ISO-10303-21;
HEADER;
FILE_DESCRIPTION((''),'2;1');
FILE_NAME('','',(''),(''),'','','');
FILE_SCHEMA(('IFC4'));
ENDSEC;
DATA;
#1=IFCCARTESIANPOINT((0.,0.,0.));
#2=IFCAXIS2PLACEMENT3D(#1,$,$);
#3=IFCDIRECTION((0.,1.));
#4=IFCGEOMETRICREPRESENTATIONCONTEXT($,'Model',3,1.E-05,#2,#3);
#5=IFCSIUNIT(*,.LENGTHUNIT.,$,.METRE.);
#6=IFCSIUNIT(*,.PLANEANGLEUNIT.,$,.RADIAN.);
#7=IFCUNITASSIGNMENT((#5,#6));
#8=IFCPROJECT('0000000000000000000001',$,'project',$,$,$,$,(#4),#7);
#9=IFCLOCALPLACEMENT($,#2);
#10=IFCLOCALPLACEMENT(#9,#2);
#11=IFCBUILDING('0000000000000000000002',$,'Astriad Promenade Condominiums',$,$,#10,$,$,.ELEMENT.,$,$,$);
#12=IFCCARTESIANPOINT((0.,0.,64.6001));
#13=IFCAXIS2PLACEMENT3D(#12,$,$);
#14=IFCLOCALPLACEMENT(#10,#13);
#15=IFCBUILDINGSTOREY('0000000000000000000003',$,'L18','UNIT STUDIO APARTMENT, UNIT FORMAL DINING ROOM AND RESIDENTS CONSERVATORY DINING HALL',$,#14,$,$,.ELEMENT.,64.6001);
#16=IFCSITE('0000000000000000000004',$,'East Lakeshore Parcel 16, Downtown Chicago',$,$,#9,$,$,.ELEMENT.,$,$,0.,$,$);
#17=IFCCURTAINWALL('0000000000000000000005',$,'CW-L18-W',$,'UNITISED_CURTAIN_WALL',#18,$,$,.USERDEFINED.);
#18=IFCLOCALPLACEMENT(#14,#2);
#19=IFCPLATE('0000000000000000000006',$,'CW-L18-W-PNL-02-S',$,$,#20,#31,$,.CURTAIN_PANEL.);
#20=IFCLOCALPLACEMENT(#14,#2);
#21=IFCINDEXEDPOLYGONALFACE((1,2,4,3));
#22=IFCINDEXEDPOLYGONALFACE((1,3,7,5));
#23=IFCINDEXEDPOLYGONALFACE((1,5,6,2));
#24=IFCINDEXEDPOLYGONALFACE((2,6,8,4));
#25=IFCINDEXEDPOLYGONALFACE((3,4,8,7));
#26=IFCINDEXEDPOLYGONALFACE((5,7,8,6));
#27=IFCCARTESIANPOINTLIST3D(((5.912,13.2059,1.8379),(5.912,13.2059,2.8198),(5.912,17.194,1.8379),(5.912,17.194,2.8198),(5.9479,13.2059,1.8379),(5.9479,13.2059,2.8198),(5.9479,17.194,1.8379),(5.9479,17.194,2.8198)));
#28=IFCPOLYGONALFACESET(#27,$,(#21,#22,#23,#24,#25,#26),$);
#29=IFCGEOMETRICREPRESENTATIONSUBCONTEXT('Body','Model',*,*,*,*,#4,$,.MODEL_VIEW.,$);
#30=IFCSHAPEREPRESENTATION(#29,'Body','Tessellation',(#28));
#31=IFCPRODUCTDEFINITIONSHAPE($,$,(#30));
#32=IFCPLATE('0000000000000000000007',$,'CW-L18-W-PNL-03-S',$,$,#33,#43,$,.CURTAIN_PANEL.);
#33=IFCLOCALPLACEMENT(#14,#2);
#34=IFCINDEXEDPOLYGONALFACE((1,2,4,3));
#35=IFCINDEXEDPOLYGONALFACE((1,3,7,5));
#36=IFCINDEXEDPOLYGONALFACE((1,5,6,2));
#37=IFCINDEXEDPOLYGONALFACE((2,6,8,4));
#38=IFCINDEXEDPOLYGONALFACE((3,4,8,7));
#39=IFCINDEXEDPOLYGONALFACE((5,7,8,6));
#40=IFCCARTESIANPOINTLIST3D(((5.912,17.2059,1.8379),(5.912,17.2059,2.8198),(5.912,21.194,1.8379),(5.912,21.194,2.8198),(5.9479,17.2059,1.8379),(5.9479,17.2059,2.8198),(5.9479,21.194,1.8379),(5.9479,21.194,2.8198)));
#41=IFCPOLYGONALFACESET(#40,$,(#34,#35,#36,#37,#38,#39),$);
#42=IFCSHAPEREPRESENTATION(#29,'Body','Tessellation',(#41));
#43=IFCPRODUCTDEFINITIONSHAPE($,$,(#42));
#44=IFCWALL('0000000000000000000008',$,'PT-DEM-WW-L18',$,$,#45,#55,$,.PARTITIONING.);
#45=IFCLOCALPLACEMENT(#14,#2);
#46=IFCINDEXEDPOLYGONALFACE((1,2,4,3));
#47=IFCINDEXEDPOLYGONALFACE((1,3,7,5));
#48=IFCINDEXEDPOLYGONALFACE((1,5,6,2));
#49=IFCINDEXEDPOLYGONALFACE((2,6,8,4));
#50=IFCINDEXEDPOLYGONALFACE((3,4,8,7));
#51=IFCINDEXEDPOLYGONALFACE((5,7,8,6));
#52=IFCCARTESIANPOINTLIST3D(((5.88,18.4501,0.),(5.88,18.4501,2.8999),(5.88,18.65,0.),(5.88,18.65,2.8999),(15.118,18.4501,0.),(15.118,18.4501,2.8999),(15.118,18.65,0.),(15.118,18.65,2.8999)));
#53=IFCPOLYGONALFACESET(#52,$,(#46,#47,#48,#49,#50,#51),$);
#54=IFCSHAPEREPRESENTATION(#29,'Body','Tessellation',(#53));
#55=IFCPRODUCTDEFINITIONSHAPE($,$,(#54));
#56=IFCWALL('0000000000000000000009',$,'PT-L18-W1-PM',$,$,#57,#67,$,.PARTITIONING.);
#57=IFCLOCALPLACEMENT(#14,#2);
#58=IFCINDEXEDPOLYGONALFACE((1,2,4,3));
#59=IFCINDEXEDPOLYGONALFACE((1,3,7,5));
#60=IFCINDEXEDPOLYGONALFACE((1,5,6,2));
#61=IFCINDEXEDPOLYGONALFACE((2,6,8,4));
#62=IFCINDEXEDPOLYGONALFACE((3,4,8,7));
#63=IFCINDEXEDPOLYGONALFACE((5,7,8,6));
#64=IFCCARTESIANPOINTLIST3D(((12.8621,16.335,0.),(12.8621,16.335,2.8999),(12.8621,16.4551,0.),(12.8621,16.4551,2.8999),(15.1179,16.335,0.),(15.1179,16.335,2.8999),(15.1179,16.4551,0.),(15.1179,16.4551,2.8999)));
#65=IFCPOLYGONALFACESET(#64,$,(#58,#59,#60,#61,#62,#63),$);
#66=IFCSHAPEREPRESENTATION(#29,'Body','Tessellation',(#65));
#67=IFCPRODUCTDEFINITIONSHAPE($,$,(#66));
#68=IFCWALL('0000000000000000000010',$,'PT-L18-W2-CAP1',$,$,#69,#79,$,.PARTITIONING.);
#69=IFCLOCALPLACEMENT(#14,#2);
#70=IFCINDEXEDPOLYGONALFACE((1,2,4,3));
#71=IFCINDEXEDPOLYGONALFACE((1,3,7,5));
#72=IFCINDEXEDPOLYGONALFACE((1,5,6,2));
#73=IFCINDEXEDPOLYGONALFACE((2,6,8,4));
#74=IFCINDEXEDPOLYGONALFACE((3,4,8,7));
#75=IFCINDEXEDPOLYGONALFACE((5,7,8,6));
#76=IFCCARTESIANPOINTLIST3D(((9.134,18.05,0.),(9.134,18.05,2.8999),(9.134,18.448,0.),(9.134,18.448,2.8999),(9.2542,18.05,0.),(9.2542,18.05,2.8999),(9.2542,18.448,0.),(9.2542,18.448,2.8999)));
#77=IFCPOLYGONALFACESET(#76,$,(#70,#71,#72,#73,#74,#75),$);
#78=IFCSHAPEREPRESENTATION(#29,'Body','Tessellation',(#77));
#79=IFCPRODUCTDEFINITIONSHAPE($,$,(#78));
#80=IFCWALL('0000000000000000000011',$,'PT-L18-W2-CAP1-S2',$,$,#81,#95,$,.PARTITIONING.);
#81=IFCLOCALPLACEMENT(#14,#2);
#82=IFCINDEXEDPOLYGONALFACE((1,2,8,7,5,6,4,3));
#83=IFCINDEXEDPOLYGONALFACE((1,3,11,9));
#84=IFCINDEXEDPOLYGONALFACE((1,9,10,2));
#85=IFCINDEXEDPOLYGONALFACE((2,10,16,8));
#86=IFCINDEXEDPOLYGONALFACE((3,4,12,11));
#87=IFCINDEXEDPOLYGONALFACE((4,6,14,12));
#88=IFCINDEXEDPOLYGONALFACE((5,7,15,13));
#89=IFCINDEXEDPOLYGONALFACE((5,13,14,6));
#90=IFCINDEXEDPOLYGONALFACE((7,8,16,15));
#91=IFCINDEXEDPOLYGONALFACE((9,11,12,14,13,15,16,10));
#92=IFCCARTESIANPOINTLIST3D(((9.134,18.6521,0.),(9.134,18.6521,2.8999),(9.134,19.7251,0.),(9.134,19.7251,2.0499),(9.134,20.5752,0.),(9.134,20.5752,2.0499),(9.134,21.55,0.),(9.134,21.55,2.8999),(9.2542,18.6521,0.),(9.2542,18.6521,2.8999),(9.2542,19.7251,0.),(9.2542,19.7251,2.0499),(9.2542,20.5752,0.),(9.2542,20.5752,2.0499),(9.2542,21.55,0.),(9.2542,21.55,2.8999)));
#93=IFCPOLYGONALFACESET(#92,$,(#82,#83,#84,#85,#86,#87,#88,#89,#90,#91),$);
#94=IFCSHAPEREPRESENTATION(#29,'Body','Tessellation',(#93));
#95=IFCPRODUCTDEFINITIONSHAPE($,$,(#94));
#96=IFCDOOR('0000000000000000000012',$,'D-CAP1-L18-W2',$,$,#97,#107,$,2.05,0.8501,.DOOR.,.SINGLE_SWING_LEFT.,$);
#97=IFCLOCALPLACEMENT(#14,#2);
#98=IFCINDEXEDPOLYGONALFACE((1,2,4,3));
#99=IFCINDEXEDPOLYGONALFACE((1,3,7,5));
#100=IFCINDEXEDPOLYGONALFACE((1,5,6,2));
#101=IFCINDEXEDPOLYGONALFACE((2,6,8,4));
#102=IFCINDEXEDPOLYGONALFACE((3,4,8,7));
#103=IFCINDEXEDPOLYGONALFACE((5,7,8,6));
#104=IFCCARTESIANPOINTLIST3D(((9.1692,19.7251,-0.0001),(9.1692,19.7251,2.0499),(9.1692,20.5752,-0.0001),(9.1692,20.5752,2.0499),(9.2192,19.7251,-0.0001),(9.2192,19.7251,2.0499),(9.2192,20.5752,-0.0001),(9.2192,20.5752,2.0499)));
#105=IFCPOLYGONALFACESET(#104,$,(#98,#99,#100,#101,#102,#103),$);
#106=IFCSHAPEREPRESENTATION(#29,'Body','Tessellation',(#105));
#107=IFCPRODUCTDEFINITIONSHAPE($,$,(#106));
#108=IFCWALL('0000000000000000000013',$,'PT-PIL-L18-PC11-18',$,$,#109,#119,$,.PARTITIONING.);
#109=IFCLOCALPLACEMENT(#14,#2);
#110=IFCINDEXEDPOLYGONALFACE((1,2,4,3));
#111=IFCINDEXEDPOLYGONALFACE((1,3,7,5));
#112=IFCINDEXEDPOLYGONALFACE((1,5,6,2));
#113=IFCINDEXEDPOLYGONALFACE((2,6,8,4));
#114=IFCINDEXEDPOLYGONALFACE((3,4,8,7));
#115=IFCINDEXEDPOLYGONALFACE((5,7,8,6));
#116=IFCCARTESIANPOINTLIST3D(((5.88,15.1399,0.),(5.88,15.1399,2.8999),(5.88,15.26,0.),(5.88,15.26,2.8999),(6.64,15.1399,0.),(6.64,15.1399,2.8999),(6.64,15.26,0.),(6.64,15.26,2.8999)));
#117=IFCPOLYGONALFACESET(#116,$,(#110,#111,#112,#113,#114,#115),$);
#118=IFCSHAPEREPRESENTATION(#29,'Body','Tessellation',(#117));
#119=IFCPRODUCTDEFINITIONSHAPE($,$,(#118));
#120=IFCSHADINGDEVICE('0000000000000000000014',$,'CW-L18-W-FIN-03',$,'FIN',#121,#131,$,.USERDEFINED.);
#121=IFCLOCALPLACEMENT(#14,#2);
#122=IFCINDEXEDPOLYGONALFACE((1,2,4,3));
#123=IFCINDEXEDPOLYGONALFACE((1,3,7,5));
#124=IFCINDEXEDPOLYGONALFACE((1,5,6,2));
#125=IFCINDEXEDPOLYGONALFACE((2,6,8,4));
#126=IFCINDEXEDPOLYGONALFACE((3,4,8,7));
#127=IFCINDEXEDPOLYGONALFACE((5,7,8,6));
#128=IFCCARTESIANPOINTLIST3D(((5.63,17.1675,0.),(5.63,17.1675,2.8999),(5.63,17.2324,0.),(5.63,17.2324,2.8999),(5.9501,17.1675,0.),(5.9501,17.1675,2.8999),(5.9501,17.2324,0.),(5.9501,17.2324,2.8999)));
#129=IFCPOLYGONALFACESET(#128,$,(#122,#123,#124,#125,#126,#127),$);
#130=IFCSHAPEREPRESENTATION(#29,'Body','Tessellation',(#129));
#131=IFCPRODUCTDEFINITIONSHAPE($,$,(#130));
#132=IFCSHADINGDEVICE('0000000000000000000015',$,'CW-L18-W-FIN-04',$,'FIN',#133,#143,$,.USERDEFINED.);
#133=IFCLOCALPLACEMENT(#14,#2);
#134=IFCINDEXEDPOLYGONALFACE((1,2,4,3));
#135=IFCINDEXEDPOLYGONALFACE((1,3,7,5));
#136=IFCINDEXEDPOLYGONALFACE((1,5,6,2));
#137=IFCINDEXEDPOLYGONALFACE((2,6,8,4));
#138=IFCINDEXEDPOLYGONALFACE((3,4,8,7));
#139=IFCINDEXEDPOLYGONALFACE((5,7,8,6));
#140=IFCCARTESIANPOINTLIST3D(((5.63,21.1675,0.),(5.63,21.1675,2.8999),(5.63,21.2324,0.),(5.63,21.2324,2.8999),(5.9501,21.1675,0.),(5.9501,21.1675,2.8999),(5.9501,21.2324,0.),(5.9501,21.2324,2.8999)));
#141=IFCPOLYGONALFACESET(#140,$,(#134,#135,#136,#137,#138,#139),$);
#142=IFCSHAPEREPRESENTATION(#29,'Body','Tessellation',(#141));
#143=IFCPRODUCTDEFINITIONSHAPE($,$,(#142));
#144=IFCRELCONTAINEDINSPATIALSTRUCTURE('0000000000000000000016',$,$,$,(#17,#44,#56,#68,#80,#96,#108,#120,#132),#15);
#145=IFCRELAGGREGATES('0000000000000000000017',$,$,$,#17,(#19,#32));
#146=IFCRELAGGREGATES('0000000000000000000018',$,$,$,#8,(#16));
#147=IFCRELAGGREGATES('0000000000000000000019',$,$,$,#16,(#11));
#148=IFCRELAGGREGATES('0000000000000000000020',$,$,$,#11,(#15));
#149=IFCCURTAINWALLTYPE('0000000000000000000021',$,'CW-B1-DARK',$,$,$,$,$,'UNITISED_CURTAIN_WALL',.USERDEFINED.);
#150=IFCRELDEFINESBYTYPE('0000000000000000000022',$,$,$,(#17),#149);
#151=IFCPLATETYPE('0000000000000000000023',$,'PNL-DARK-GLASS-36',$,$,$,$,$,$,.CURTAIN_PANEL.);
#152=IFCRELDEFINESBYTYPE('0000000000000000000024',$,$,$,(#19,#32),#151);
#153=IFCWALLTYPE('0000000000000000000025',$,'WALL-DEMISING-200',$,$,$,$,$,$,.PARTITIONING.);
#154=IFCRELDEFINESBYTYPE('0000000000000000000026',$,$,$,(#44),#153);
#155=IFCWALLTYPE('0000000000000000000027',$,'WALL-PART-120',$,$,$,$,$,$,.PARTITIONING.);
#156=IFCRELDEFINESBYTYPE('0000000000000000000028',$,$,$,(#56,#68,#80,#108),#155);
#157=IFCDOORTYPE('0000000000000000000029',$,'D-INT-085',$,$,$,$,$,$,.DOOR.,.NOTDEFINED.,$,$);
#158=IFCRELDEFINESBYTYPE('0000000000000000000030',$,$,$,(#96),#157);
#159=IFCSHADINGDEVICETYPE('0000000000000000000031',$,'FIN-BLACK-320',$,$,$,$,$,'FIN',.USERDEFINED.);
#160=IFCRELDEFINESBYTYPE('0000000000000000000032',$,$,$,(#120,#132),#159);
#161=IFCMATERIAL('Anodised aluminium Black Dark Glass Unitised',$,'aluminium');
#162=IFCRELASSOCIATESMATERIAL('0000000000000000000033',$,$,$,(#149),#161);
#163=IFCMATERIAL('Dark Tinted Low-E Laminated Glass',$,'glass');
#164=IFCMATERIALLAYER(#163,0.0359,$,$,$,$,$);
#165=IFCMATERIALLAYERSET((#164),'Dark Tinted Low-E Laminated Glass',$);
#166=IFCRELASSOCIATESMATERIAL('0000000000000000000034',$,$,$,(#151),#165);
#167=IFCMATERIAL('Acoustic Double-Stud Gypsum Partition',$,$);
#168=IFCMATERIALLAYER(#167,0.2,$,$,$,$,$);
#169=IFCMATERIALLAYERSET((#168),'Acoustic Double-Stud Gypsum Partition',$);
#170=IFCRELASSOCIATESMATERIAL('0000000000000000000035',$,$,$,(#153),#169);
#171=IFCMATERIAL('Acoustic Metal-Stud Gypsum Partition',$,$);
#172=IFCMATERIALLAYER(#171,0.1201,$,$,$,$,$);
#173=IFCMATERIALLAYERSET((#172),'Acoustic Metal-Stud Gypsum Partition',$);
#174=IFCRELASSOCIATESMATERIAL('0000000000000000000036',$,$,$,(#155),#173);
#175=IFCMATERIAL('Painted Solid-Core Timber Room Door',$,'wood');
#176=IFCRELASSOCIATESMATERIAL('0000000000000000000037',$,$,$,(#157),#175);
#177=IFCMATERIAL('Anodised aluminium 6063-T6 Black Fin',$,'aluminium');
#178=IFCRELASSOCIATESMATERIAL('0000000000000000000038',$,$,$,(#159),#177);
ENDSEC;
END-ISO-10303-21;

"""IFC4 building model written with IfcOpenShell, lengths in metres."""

from ifc_helpers import new_model, si_unit, direction, frame, frame_2d, origin, origin_2d, place, context, subcontext, project, spatial, rectangle, extrude, source, transform, mapped, material, layer, layer_set, type_object, type_shapes, element, fill, aggregate, save


model = new_model("IFC4")

# Units and contexts
model_context = context("Model", 3, precision=1e-05, world=origin(), true_north=direction((0.0, 1.0)))
body_context = subcontext(model_context, "Body", "Model", "MODEL_VIEW")
ifc_project = project(units=[si_unit("LENGTHUNIT", "METRE"), si_unit("PLANEANGLEUNIT", "RADIAN")], contexts=[model_context])

# Site, building, storey
site_placement = place(None, origin())
site = spatial("IfcSite", under=ifc_project, at=site_placement, Name="East Lakeshore Parcel 16, Downtown Chicago", CompositionType="ELEMENT", RefElevation=0.0)
building_placement = place(site_placement, origin())
building = spatial("IfcBuilding", under=site, at=building_placement, Name="Astriad Promenade Condominiums", CompositionType="ELEMENT")
storey_placement = place(building_placement, frame((0.0, 0.0, 64.6001)))
storey = spatial("IfcBuildingStorey", under=building, at=storey_placement, Name="L18", Description="UNIT STUDIO APARTMENT, UNIT FORMAL DINING ROOM AND RESIDENTS CONSERVATORY DINING HALL", CompositionType="ELEMENT", Elevation=64.6001)

# Curtain wall, plates
ifc_material_1 = material(Name="Anodised aluminium Black Dark Glass Unitised", Category="aluminium")
curtain_wall_type = type_object("IfcCurtainWallType", Name="CW-B1-DARK", ElementType="UNITISED_CURTAIN_WALL", PredefinedType="USERDEFINED", material=ifc_material_1)
curtain_wall_placement = place(storey_placement, origin())
curtain_wall = element("IfcCurtainWall", 1, at=curtain_wall_placement, inside=storey, type_object=curtain_wall_type, Name="CW-L18-W", ObjectType="UNITISED_CURTAIN_WALL", PredefinedType="USERDEFINED")
ifc_material_2 = material(Name="Dark Tinted Low-E Laminated Glass", Category="glass")
ifc_layer_1 = layer(ifc_material_2, 0.0359)
ifc_layer_set_1 = layer_set([ifc_layer_1], Name="Dark Tinted Low-E Laminated Glass")
plate_type = type_object("IfcPlateType", Name="PNL-DARK-GLASS-36", PredefinedType="CURTAIN_PANEL", material=ifc_layer_set_1)
shared_shape_1 = source(origin(), body_context, "Body", "SweptSolid", [
    extrude(rectangle(XDim=3.988, YDim=0.0359, at=origin_2d()), origin(), (0.0, 0.0, 1.0), 0.9819),
])
plate_1_placement = place(storey_placement, frame((5.9299, 15.2, 1.8379), z_axis=(0.0, 0.0, 1.0), x_axis=(0.0, 1.0, 0.0)))
plate_1 = element("IfcPlate", 2, at=plate_1_placement, type_object=plate_type, Name="CW-L18-W-PNL-02-S", PredefinedType="CURTAIN_PANEL", context=body_context, shape_type="MappedRepresentation", body=[
    mapped(shared_shape_1, transform((0.0, 0.0, 0.0), scale=1.0)),
])
plate_2_placement = place(storey_placement, frame((5.9299, 19.2, 1.8379), z_axis=(0.0, 0.0, 1.0), x_axis=(0.0, 1.0, 0.0)))
plate_2 = element("IfcPlate", 3, at=plate_2_placement, type_object=plate_type, Name="CW-L18-W-PNL-03-S", PredefinedType="CURTAIN_PANEL", context=body_context, shape_type="MappedRepresentation", body=[
    mapped(shared_shape_1, transform((0.0, 0.0, 0.0), scale=1.0)),
])
aggregate(curtain_wall, [plate_1, plate_2])

# Walls
ifc_material_3 = material(Name="Acoustic Double-Stud Gypsum Partition")
ifc_layer_2 = layer(ifc_material_3, 0.2)
ifc_layer_set_2 = layer_set([ifc_layer_2], Name="Acoustic Double-Stud Gypsum Partition")
wall_type_1 = type_object("IfcWallType", Name="WALL-DEMISING-200", PredefinedType="PARTITIONING", material=ifc_layer_set_2)
wall_1_placement = place(storey_placement, frame((5.8799, 18.55, 0.0), z_axis=(0.0, 0.0, 1.0), x_axis=(1.0, 0.0, 0.0)))
element("IfcWall", 4, at=wall_1_placement, inside=storey, type_object=wall_type_1, Name="PT-DEM-WW-L18", PredefinedType="PARTITIONING", context=body_context, shape_type="SweptSolid", body=[
    extrude(rectangle(XDim=9.238, YDim=0.2, at=frame_2d((4.6191, 0.0))), origin(), (0.0, 0.0, 1.0), 2.8999),
])
ifc_material_4 = material(Name="Acoustic Metal-Stud Gypsum Partition")
ifc_layer_3 = layer(ifc_material_4, 0.1201)
ifc_layer_set_3 = layer_set([ifc_layer_3], Name="Acoustic Metal-Stud Gypsum Partition")
wall_type_2 = type_object("IfcWallType", Name="WALL-PART-120", PredefinedType="PARTITIONING", material=ifc_layer_set_3)
wall_2_placement = place(storey_placement, frame((12.8621, 16.395, 0.0), z_axis=(0.0, 0.0, 1.0), x_axis=(1.0, 0.0, 0.0)))
element("IfcWall", 5, at=wall_2_placement, inside=storey, type_object=wall_type_2, Name="PT-L18-W1-PM", PredefinedType="PARTITIONING", context=body_context, shape_type="SweptSolid", body=[
    extrude(rectangle(XDim=2.2559, YDim=0.1201, at=frame_2d((1.1279, 0.0))), origin(), (0.0, 0.0, 1.0), 2.8999),
])
wall_3_placement = place(storey_placement, frame((9.1941, 18.05, 0.0), z_axis=(0.0, 0.0, 1.0), x_axis=(0.0, 1.0, 0.0)))
element("IfcWall", 6, at=wall_3_placement, inside=storey, type_object=wall_type_2, Name="PT-L18-W2-CAP1", PredefinedType="PARTITIONING", context=body_context, shape_type="SweptSolid", body=[
    extrude(rectangle(XDim=0.3979, YDim=0.1201, at=frame_2d((0.199, 0.0))), origin(), (0.0, 0.0, 1.0), 2.8999),
])

# Wall, opening, door
wall_4_placement = place(storey_placement, frame((9.1941, 18.6521, 0.0), z_axis=(0.0, 0.0, 1.0), x_axis=(0.0, 1.0, 0.0)))
wall_4 = element("IfcWall", 7, at=wall_4_placement, inside=storey, type_object=wall_type_2, Name="PT-L18-W2-CAP1-S2", PredefinedType="PARTITIONING", context=body_context, shape_type="SweptSolid", body=[
    extrude(rectangle(XDim=2.8979, YDim=0.1201, at=frame_2d((1.449, 0.0))), origin(), (0.0, 0.0, 1.0), 2.8999),
])
opening_placement = place(wall_4_placement, frame((1.073, 0.0, 0.0)))
opening = element("IfcOpeningElement", 8, at=opening_placement, cuts=wall_4, PredefinedType="OPENING", context=body_context, shape_type="SweptSolid", body=[
    extrude(rectangle(XDim=0.8501, YDim=2.05, at=frame_2d((0.425, 1.0249))), frame((0.0, 0.0701, 0.0), z_axis=(0.0, -1.0, 0.0), x_axis=(1.0, 0.0, 0.0)), (0.0, 0.0, 1.0), 0.1401),
])
ifc_material_5 = material(Name="Painted Solid-Core Timber Room Door", Category="wood")
door_type = type_object("IfcDoorType", Name="D-INT-085", OperationType="NOTDEFINED", PredefinedType="DOOR", material=ifc_material_5)
shared_shape_2 = source(origin(), body_context, "Body", "SweptSolid", [
    extrude(rectangle(XDim=0.8501, YDim=2.05, at=frame_2d((0.425, 1.0249))), frame((0.0, 0.0249, 0.0), z_axis=(0.0, -1.0, 0.0), x_axis=(1.0, 0.0, 0.0)), (0.0, 0.0, 1.0), 0.05),
])
type_shapes(door_type, [shared_shape_2])
door_placement = place(opening_placement, origin())
door = element("IfcDoor", 9, at=door_placement, inside=storey, type_object=door_type, Name="D-CAP1-L18-W2", OperationType="SINGLE_SWING_LEFT", OverallHeight=2.05, OverallWidth=0.8501, PredefinedType="DOOR", context=body_context, shape_type="MappedRepresentation", body=[
    mapped(shared_shape_2, transform((0.0, 0.0, 0.0), scale=1.0)),
])
fill(opening, door)

# Wall
wall_5_placement = place(storey_placement, frame((6.6399, 15.2, 0.0), z_axis=(0.0, 0.0, 1.0), x_axis=(-1.0, 0.0, 0.0)))
element("IfcWall", 10, at=wall_5_placement, inside=storey, type_object=wall_type_2, Name="PT-PIL-L18-PC11-18", PredefinedType="PARTITIONING", context=body_context, shape_type="SweptSolid", body=[
    extrude(rectangle(XDim=0.76, YDim=0.1201, at=frame_2d((0.3799, 0.0))), origin(), (0.0, 0.0, 1.0), 2.8999),
])

# Shading devices
ifc_material_6 = material(Name="Anodised aluminium 6063-T6 Black Fin", Category="aluminium")
shading_device_type = type_object("IfcShadingDeviceType", Name="FIN-BLACK-320", ElementType="FIN", PredefinedType="USERDEFINED", material=ifc_material_6)
shared_shape_3 = source(origin(), body_context, "Body", "SweptSolid", [
    extrude(rectangle(XDim=0.0649, YDim=0.3201, at=origin_2d()), origin(), (0.0, 0.0, 1.0), 2.8999),
])
type_shapes(shading_device_type, [shared_shape_3])
for number, where, z_axis, x_axis, name in (
    (11, (5.79, 17.2, 0.0), (0.0, 0.0, 1.0), (0.0, 1.0, 0.0), "CW-L18-W-FIN-03"),
    (12, (5.79, 21.2, 0.0), (0.0, 0.0, 1.0), (0.0, 1.0, 0.0), "CW-L18-W-FIN-04"),
):
    element("IfcShadingDevice", number, at=place(storey_placement, frame(where, z_axis=z_axis, x_axis=x_axis)), inside=storey, type_object=shading_device_type, Name=name, ObjectType="FIN", PredefinedType="USERDEFINED", context=body_context, shape_type="MappedRepresentation", body=[
        mapped(shared_shape_3, transform((0.0, 0.0, 0.0), scale=1.0)),
    ])

save(model, "model.ifc")
